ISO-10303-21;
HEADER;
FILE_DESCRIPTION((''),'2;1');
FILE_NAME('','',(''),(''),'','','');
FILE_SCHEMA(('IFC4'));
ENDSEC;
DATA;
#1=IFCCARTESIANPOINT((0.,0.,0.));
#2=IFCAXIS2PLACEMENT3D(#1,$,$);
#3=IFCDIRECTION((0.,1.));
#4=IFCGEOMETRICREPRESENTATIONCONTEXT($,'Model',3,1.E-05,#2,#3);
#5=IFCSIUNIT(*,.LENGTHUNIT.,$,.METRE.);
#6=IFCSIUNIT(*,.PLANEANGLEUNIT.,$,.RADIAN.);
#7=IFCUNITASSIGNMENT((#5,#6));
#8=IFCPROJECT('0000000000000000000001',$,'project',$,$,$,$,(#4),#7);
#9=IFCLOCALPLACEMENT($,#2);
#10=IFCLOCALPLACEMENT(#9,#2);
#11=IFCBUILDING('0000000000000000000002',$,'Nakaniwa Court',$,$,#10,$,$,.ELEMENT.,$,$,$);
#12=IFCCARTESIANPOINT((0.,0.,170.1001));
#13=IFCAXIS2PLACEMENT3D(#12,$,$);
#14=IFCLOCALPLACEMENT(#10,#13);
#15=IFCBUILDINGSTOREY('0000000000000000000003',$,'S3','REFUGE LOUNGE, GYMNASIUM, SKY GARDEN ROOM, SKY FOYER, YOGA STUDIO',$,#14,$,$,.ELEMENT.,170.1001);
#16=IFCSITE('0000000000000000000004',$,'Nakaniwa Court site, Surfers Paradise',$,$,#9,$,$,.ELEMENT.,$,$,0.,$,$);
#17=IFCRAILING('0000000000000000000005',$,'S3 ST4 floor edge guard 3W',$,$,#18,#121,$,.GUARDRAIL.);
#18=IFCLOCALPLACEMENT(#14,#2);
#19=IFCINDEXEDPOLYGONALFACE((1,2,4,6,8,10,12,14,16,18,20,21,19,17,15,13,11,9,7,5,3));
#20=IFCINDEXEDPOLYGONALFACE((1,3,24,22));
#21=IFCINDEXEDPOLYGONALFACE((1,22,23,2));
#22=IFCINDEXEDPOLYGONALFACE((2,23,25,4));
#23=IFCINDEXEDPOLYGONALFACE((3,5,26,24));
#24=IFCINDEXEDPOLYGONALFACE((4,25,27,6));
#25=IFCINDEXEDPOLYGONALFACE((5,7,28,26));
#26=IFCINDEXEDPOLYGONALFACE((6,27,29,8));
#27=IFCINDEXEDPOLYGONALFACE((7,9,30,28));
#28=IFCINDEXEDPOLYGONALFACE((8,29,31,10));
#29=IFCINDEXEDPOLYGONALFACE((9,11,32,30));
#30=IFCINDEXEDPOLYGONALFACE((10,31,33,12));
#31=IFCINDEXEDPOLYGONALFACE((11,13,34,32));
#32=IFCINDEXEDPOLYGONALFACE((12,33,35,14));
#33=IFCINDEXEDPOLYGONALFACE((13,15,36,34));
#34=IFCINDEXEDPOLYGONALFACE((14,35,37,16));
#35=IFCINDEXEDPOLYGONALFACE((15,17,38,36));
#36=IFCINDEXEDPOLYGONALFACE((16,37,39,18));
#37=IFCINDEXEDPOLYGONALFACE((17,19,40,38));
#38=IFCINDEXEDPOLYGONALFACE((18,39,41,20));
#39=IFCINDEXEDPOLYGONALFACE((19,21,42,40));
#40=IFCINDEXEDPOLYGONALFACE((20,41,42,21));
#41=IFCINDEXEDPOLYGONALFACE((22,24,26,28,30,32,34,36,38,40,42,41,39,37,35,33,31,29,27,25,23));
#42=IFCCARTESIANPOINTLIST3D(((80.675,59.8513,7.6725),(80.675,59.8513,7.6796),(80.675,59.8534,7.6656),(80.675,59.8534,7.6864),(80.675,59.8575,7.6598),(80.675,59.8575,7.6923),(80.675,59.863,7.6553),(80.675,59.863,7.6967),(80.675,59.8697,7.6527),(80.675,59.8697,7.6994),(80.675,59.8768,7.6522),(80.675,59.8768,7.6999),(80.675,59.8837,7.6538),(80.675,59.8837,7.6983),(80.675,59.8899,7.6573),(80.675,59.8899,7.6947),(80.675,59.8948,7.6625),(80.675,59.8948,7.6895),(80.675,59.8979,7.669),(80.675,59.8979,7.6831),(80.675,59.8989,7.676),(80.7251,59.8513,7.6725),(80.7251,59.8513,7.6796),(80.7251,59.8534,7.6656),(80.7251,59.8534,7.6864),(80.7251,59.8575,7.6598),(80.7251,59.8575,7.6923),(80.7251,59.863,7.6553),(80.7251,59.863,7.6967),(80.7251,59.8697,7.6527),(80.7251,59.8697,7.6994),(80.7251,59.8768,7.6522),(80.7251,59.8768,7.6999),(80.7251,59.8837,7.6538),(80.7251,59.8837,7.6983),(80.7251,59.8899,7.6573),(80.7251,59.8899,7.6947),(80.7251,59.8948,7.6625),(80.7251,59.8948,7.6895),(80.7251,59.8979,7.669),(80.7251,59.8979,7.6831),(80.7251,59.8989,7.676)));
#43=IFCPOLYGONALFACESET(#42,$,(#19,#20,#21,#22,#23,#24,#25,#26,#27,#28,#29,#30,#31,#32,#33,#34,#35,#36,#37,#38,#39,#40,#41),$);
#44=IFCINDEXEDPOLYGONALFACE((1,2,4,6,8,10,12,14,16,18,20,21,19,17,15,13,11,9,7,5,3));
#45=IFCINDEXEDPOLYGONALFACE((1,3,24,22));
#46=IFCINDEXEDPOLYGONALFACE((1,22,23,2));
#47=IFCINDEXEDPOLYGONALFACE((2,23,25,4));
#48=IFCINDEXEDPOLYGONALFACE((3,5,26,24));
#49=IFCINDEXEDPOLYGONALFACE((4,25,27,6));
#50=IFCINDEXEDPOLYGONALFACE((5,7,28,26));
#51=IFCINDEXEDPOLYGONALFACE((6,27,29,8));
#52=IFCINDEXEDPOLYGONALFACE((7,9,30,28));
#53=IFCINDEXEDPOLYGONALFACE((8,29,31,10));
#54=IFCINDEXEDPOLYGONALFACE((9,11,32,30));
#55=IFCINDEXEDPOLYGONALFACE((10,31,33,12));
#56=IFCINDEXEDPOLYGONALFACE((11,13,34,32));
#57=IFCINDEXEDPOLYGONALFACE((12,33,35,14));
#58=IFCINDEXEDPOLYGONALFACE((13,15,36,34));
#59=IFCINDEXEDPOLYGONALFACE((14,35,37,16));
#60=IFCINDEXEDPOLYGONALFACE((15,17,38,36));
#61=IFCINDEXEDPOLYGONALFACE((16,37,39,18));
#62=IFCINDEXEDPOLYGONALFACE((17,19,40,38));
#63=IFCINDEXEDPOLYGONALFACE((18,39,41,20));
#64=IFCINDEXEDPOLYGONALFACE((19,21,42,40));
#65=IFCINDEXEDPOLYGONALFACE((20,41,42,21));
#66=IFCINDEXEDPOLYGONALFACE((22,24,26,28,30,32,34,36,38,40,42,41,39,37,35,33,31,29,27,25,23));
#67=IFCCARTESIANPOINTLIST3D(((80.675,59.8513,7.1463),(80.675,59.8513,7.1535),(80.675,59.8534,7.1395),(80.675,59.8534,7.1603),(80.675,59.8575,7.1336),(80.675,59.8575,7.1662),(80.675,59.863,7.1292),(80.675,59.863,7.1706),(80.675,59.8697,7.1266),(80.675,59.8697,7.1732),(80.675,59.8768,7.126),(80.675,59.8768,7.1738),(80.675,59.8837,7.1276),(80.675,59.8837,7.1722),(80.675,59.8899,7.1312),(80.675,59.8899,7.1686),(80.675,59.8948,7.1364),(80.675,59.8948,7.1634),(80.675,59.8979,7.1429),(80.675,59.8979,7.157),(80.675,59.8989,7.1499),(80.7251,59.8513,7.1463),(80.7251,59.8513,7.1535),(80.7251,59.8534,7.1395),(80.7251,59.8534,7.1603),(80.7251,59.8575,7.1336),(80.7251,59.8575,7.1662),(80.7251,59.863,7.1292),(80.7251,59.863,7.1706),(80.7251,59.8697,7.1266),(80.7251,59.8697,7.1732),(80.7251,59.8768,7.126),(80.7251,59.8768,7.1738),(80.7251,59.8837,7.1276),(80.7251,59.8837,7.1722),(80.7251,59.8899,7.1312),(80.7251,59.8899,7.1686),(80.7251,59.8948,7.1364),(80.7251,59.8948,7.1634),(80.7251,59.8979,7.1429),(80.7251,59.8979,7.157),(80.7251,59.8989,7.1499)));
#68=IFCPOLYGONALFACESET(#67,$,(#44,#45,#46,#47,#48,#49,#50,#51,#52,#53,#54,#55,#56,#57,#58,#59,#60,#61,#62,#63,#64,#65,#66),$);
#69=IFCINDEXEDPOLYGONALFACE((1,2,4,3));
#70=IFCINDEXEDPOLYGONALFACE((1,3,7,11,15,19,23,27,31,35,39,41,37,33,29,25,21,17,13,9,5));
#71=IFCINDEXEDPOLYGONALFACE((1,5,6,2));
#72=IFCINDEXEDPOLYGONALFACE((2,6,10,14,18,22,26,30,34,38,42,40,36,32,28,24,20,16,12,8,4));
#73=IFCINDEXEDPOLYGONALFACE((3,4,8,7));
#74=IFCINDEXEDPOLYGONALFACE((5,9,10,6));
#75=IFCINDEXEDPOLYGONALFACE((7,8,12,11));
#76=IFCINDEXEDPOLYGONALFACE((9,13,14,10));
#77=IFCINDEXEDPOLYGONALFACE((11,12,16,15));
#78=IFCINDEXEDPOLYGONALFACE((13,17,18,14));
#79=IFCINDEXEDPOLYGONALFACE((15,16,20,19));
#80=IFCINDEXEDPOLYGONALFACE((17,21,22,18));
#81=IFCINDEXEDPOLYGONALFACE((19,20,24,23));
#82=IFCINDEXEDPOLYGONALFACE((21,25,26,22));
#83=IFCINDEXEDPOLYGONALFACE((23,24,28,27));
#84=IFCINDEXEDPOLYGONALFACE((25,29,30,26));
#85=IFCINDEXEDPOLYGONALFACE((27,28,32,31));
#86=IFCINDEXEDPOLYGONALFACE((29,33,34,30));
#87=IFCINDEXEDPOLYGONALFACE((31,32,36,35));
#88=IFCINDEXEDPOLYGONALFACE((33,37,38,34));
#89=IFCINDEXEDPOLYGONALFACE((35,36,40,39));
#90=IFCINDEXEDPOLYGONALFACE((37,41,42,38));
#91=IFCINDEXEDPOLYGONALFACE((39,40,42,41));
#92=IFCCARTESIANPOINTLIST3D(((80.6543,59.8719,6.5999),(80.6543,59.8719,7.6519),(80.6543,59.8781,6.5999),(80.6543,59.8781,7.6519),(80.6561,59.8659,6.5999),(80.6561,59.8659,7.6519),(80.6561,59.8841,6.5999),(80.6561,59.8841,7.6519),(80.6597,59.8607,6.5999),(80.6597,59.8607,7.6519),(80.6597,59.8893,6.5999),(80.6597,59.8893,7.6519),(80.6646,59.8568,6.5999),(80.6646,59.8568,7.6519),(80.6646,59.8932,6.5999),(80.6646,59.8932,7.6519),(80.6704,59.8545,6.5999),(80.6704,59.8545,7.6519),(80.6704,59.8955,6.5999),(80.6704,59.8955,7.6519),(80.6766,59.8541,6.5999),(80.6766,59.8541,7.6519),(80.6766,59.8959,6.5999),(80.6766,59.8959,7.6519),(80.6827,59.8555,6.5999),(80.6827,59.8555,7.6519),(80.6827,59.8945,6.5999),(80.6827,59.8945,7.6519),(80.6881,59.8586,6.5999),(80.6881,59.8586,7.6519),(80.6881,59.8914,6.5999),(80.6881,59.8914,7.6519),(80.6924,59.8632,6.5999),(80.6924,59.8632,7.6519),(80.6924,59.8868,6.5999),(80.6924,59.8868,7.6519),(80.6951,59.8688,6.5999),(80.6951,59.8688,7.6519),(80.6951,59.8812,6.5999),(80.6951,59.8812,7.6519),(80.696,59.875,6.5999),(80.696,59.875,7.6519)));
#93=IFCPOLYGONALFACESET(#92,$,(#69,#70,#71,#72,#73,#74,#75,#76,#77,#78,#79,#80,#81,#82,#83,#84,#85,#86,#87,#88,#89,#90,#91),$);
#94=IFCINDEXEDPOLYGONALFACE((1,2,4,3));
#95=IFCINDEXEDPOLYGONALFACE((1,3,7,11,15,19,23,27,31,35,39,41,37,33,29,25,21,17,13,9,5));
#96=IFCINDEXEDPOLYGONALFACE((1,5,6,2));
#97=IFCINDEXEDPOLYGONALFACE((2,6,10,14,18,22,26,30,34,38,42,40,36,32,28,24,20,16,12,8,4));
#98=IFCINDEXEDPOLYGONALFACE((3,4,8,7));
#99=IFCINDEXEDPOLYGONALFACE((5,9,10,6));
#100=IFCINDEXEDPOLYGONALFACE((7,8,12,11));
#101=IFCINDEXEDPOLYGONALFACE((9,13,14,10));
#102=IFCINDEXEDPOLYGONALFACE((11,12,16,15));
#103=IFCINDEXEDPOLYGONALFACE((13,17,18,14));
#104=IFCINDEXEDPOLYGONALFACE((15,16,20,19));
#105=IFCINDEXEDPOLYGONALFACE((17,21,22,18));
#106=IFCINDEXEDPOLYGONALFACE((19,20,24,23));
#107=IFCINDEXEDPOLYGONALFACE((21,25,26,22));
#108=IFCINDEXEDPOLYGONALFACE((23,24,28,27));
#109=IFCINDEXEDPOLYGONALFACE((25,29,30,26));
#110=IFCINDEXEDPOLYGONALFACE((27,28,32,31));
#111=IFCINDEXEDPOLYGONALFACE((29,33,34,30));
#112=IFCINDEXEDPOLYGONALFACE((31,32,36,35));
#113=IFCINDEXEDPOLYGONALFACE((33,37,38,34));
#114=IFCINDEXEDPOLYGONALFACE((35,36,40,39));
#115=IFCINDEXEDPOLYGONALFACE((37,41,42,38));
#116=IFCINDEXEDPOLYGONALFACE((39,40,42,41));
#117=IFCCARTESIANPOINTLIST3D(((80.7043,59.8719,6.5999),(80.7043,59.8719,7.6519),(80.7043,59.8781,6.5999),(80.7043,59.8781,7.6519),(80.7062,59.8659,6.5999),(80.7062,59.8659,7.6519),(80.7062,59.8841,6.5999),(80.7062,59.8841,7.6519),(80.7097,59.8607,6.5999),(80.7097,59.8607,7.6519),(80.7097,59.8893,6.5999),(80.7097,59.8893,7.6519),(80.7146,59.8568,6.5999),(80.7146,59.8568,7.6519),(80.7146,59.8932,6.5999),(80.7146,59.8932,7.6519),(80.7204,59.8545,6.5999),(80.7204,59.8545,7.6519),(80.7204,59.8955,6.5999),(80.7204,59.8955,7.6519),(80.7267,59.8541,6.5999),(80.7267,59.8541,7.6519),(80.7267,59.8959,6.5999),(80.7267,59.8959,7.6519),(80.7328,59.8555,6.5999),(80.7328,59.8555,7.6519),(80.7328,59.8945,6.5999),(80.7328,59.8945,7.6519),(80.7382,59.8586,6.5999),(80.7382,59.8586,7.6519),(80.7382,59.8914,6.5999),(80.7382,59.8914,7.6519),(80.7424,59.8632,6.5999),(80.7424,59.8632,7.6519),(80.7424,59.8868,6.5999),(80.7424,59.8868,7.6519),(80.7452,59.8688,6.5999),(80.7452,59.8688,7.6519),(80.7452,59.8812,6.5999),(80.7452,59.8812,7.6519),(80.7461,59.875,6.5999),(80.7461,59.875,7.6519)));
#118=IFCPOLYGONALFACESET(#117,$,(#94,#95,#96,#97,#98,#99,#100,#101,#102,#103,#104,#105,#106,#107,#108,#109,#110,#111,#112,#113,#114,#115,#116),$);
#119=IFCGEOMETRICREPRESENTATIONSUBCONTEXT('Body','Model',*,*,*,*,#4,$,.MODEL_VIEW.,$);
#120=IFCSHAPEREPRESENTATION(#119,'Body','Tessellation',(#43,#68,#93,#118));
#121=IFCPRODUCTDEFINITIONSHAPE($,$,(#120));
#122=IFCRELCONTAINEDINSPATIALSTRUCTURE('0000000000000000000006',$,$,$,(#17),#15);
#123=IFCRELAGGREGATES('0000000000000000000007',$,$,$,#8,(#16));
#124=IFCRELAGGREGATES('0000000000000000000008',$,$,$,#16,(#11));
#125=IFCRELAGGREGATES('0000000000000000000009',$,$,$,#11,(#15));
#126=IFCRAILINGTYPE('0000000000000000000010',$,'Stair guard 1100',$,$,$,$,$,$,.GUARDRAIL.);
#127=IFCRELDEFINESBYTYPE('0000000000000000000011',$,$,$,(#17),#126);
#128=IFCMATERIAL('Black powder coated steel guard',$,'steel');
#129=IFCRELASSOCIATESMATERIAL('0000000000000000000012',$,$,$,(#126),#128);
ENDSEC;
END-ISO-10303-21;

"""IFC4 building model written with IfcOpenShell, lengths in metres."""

from ifc_helpers import new_model, si_unit, direction, frame, origin, origin_2d, place, context, subcontext, project, spatial, circle, extrude, material, type_object, element, save


model = new_model("IFC4")

# Units and contexts
model_context = context("Model", 3, precision=1e-05, world=origin(), true_north=direction((0.0, 1.0)))
body_context = subcontext(model_context, "Body", "Model", "MODEL_VIEW")
ifc_project = project(units=[si_unit("LENGTHUNIT", "METRE"), si_unit("PLANEANGLEUNIT", "RADIAN")], contexts=[model_context])

# Site, building, storey
site_placement = place(None, origin())
site = spatial("IfcSite", under=ifc_project, at=site_placement, Name="Nakaniwa Court site, Surfers Paradise", CompositionType="ELEMENT", RefElevation=0.0)
building_placement = place(site_placement, origin())
building = spatial("IfcBuilding", under=site, at=building_placement, Name="Nakaniwa Court", CompositionType="ELEMENT")
storey_placement = place(building_placement, frame((0.0, 0.0, 170.1001)))
storey = spatial("IfcBuildingStorey", under=building, at=storey_placement, Name="S3", Description="REFUGE LOUNGE, GYMNASIUM, SKY GARDEN ROOM, SKY FOYER, YOGA STUDIO", CompositionType="ELEMENT", Elevation=170.1001)

# Railing
ifc_material_1 = material(Name="Black powder coated steel guard", Category="steel")
railing_type_1 = type_object("IfcRailingType", Name="Stair guard 1100", PredefinedType="GUARDRAIL", material=ifc_material_1)
for number, where, name in (
    (1, (80.675, 59.875, 6.5999), "S3 ST4 floor edge guard 3W"),
):
    element("IfcRailing", number, at=place(storey_placement, frame(where)), inside=storey, type_object=railing_type_1, Name=name, PredefinedType="GUARDRAIL", context=body_context, shape_type="SweptSolid", body=[
        extrude(circle(Radius=0.0239, at=origin_2d()), frame((0.0, 0.0, 1.0762), z_axis=(1.0, 0.0, 0.0), x_axis=(0.0, 1.0, 0.0)), (0.0, 0.0, 1.0), 0.05),
        extrude(circle(Radius=0.0239, at=origin_2d()), frame((0.0, 0.0, 0.55), z_axis=(1.0, 0.0, 0.0), x_axis=(0.0, 1.0, 0.0)), (0.0, 0.0, 1.0), 0.05),
        extrude(circle(Radius=0.021, at=origin_2d()), origin(), (0.0, 0.0, 1.0), 1.052),
        extrude(circle(Radius=0.021, at=origin_2d()), frame((0.05, 0.0, 0.0)), (0.0, 0.0, 1.0), 1.052),
    ])

save(model, "model.ifc")
